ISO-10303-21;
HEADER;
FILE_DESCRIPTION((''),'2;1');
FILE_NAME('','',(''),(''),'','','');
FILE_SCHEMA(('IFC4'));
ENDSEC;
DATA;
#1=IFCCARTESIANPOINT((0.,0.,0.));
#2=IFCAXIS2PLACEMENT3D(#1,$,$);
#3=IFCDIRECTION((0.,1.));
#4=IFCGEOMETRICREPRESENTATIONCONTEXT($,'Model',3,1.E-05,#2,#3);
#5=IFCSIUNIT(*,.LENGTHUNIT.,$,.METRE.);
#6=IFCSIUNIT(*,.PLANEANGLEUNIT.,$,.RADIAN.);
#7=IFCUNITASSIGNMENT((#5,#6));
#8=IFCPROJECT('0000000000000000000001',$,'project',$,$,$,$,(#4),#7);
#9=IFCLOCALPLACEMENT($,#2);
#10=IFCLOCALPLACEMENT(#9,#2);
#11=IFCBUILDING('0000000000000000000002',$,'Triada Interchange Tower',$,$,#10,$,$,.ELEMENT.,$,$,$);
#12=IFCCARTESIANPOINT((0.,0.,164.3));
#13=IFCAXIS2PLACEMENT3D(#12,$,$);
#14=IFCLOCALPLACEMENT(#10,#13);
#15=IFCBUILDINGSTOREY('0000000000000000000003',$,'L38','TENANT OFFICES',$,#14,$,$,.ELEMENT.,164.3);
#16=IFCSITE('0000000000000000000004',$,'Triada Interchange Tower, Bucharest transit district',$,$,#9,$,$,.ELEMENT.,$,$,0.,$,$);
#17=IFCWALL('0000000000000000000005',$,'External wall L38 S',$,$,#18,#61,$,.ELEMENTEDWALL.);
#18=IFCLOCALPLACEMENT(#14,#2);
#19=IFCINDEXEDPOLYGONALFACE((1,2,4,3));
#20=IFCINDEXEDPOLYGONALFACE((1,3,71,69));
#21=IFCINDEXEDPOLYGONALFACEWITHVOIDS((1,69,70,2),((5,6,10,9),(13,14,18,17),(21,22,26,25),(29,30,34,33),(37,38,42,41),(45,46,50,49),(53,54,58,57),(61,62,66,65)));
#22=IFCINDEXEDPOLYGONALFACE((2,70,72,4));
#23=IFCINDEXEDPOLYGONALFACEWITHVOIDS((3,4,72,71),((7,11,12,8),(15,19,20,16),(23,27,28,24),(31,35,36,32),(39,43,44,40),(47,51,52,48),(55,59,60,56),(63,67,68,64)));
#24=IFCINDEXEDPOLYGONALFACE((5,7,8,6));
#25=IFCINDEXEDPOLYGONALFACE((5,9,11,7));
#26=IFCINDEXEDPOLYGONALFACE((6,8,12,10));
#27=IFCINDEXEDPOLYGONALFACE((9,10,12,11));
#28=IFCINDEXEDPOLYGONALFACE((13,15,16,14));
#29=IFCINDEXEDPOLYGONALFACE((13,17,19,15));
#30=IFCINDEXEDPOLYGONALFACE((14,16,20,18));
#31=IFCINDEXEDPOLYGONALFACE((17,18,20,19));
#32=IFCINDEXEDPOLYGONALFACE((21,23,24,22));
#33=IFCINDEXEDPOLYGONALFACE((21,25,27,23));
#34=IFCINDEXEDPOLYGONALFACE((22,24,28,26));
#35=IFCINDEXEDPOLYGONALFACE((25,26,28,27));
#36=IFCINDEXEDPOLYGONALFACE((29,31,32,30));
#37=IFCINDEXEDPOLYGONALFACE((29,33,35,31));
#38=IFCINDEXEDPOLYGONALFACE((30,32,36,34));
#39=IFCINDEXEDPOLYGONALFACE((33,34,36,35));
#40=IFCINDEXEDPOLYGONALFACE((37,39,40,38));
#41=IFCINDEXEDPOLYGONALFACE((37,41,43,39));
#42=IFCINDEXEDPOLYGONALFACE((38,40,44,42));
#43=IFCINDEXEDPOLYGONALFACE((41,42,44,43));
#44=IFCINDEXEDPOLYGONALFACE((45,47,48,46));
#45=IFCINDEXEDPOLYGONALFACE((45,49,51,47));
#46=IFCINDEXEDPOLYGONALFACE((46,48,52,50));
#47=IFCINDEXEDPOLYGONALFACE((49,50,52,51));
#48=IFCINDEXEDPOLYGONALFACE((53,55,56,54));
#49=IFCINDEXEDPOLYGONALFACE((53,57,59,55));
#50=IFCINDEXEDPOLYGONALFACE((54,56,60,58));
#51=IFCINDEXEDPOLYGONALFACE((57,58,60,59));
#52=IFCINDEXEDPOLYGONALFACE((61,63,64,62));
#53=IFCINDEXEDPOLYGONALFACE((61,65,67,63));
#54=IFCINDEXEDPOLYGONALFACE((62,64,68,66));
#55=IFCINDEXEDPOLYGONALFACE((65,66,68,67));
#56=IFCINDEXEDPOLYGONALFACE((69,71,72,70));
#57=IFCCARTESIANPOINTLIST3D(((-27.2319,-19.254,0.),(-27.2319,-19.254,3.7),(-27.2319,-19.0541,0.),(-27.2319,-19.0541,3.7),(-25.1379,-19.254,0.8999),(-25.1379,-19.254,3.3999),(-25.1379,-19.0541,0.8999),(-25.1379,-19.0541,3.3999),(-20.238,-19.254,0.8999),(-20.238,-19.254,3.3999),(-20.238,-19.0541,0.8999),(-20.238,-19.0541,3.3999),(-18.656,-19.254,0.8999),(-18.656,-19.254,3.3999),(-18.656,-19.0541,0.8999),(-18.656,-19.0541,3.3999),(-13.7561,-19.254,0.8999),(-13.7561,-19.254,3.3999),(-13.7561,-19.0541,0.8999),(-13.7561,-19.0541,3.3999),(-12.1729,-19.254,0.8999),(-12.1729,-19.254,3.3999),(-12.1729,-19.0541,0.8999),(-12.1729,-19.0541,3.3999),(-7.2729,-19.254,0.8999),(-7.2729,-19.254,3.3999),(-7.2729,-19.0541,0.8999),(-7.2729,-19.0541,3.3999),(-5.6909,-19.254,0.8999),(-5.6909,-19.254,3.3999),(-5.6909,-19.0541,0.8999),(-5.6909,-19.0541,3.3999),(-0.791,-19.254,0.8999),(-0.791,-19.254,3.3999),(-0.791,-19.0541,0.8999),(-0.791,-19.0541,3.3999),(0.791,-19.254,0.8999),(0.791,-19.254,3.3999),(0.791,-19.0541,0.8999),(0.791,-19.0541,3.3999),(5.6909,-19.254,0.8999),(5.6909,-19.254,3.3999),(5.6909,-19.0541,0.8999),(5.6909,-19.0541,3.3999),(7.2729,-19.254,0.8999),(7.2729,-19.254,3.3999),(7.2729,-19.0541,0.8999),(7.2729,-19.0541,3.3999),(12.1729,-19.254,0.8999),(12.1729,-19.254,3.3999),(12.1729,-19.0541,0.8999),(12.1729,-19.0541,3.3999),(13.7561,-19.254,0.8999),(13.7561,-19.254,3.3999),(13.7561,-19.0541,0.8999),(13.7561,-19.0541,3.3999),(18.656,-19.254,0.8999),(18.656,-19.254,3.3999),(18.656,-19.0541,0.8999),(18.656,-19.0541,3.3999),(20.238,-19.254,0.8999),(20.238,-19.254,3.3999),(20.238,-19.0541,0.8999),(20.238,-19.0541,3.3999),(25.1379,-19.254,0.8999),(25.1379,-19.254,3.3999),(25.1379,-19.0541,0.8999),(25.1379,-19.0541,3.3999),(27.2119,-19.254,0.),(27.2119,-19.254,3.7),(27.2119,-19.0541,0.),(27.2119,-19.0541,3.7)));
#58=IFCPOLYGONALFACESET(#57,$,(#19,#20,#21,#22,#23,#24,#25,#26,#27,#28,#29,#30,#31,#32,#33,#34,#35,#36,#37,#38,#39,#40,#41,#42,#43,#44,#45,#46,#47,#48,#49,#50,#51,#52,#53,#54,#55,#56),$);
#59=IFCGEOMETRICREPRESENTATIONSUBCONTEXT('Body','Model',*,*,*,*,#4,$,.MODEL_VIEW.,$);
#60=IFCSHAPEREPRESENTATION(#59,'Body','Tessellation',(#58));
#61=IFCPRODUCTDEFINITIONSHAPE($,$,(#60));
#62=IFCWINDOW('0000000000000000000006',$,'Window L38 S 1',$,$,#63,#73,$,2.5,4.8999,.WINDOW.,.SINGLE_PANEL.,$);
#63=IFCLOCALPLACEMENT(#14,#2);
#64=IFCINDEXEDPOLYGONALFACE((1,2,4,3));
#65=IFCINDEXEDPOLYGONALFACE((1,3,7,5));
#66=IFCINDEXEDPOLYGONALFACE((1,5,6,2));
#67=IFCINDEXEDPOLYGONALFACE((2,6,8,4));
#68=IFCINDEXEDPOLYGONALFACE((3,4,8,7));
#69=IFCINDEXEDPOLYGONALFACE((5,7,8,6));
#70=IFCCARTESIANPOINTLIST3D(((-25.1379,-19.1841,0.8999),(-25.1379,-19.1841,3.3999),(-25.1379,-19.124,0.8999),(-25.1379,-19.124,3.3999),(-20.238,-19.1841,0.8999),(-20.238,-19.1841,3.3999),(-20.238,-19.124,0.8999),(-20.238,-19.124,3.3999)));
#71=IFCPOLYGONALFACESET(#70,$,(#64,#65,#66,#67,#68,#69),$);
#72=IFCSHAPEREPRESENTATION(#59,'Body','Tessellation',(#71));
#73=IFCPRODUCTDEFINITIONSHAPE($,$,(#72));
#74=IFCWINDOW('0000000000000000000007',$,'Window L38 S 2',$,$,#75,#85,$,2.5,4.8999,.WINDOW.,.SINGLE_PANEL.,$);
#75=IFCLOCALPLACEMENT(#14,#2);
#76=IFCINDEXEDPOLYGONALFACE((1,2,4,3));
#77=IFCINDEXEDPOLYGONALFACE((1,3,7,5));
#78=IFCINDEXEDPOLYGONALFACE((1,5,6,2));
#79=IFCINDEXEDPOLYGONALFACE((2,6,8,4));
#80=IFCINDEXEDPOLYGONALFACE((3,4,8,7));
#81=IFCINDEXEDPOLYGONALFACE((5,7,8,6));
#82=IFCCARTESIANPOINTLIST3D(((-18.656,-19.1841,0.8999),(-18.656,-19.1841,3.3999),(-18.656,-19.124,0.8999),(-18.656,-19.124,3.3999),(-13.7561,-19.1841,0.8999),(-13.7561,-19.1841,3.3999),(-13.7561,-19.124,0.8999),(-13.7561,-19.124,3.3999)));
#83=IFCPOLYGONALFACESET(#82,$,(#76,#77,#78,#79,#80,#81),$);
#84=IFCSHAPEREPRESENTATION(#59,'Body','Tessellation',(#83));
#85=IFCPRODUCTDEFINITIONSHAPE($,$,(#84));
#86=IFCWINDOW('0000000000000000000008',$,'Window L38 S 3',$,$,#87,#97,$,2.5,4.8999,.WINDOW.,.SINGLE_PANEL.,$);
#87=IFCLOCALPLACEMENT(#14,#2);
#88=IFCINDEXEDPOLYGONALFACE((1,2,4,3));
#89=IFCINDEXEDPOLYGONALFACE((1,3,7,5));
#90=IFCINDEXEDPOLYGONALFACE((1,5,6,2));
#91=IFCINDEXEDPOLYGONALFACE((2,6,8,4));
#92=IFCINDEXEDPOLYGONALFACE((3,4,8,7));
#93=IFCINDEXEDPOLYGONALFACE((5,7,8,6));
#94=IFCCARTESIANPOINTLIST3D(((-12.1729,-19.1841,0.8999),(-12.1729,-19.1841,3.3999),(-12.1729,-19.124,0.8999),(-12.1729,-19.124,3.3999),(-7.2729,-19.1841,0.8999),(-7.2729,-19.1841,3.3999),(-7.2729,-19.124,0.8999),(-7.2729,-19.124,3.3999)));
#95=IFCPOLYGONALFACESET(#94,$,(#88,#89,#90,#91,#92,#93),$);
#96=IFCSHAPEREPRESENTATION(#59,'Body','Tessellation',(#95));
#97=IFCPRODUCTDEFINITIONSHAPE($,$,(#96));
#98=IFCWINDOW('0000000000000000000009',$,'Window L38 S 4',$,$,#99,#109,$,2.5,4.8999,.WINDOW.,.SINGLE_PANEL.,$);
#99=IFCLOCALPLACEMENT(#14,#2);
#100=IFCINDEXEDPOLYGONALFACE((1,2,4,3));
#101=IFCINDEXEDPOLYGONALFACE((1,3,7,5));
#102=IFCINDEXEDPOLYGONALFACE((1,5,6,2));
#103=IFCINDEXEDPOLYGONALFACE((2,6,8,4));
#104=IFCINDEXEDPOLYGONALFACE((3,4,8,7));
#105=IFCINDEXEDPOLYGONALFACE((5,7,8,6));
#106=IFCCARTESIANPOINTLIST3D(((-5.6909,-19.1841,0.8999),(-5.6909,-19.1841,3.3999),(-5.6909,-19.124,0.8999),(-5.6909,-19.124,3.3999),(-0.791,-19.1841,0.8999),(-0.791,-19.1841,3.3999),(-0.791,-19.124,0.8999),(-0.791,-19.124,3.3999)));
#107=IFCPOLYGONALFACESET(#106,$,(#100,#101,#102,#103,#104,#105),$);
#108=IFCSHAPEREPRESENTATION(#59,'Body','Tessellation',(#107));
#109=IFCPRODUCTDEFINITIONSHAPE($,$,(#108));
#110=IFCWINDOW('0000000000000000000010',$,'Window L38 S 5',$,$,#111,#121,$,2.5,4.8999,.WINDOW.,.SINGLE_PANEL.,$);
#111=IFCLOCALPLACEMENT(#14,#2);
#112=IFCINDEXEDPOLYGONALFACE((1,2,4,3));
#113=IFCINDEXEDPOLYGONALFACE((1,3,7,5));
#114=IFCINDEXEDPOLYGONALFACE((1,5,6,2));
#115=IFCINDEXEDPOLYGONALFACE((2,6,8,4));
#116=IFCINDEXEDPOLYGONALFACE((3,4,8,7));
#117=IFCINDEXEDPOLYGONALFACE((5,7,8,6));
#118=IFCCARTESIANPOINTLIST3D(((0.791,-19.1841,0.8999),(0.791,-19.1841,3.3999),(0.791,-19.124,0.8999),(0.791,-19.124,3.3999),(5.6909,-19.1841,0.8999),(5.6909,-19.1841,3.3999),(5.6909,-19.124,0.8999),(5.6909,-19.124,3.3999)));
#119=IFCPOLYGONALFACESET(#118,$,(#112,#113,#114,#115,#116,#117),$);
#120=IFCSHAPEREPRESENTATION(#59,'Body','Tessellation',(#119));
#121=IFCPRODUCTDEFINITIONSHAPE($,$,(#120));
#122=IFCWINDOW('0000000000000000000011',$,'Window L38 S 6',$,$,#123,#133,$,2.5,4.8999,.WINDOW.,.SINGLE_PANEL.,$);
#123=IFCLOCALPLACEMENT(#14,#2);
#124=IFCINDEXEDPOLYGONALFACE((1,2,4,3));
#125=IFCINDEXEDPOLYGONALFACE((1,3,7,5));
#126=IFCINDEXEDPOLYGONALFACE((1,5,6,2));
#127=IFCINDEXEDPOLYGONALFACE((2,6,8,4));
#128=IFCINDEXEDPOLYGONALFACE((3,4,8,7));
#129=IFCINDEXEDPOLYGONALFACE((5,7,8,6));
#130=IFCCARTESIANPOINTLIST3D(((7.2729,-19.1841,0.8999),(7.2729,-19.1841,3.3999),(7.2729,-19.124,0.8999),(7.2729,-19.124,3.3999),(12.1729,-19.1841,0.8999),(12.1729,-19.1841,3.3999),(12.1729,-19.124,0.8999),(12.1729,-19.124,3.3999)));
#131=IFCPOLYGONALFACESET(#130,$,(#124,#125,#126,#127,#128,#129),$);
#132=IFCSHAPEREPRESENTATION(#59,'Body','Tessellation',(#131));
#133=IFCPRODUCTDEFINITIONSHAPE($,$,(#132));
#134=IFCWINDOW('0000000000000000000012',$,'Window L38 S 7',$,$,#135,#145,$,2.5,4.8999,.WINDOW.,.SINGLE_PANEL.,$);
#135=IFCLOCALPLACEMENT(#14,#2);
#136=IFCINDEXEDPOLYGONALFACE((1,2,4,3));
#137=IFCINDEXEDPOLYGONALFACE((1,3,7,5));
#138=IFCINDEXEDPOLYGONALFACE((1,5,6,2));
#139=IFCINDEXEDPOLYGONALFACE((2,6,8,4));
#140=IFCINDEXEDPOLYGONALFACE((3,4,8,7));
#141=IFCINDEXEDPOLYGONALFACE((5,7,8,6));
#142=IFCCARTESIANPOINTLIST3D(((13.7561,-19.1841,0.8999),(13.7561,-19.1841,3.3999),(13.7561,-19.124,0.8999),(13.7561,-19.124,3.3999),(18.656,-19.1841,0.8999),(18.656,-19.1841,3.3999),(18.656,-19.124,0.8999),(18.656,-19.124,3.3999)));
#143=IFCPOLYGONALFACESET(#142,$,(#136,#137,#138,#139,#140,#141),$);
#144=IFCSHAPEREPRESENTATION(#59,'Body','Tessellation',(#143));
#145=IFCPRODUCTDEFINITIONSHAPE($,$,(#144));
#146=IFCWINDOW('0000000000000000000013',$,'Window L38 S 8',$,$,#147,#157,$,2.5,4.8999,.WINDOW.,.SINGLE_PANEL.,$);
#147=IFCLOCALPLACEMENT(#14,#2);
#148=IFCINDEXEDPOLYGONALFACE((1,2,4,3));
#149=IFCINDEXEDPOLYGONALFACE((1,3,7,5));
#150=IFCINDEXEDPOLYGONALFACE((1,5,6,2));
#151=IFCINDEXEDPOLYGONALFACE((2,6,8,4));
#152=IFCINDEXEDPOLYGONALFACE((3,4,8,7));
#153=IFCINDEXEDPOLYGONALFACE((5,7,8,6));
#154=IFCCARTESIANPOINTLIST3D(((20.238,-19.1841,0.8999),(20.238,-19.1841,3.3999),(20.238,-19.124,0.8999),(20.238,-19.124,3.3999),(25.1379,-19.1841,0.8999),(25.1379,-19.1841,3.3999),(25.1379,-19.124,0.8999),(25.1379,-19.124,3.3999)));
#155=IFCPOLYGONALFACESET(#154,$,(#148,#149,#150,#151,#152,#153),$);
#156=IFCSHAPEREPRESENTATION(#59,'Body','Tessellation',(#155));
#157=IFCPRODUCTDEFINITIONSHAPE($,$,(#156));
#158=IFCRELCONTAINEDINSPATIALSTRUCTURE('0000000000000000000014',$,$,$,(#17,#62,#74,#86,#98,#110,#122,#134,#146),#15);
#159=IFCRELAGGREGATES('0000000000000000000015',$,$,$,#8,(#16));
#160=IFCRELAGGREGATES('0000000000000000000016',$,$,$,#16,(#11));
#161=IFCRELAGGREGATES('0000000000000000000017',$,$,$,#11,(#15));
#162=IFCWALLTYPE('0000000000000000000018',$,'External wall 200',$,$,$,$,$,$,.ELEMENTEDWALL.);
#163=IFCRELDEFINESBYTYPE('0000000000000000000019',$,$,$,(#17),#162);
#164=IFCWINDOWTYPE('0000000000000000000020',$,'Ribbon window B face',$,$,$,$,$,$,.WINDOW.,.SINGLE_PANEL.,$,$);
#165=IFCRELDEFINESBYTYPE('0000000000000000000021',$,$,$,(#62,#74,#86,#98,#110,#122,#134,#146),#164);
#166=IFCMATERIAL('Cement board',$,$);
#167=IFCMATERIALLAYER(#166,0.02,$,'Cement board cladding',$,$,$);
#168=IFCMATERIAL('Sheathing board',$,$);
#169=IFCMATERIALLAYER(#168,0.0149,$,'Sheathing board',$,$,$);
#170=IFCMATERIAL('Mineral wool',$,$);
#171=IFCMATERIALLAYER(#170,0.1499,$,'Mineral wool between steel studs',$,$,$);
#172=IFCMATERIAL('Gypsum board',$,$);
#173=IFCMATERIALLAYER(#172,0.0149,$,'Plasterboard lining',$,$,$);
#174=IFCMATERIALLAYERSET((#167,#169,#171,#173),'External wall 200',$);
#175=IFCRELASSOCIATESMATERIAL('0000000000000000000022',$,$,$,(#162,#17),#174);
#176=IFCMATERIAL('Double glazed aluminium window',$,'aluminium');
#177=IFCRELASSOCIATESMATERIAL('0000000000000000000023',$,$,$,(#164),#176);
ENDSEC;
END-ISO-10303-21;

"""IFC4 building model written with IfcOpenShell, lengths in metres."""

from ifc_helpers import new_model, si_unit, direction, frame, frame_2d, origin, place, context, subcontext, project, spatial, rectangle, extrude, material, layer, layer_set, layer_usage, type_object, element, fill, save


model = new_model("IFC4")

# Units and contexts
model_context = context("Model", 3, precision=1e-05, world=origin(), true_north=direction((0.0, 1.0)))
body_context = subcontext(model_context, "Body", "Model", "MODEL_VIEW")
ifc_project = project(units=[si_unit("LENGTHUNIT", "METRE"), si_unit("PLANEANGLEUNIT", "RADIAN")], contexts=[model_context])

# Site, building, storey
site_placement = place(None, origin())
site = spatial("IfcSite", under=ifc_project, at=site_placement, Name="Triada Interchange Tower, Bucharest transit district", CompositionType="ELEMENT", RefElevation=0.0)
building_placement = place(site_placement, origin())
building = spatial("IfcBuilding", under=site, at=building_placement, Name="Triada Interchange Tower", CompositionType="ELEMENT")
storey_placement = place(building_placement, frame((0.0, 0.0, 164.3)))
storey = spatial("IfcBuildingStorey", under=building, at=storey_placement, Name="L38", Description="TENANT OFFICES", CompositionType="ELEMENT", Elevation=164.3)

# Shared definitions
ifc_material_1 = material(Name="Cement board")
ifc_layer_1 = layer(ifc_material_1, 0.02, Name="Cement board cladding")
ifc_material_2 = material(Name="Sheathing board")
ifc_layer_2 = layer(ifc_material_2, 0.0149, Name="Sheathing board")
ifc_material_3 = material(Name="Mineral wool")
ifc_layer_3 = layer(ifc_material_3, 0.1499, Name="Mineral wool between steel studs")
ifc_material_4 = material(Name="Gypsum board")
ifc_layer_4 = layer(ifc_material_4, 0.0149, Name="Plasterboard lining")
ifc_layer_set_1 = layer_set([ifc_layer_1, ifc_layer_2, ifc_layer_3, ifc_layer_4], Name="External wall 200")
ifc_layer_usage = layer_usage(ifc_layer_set_1, "AXIS2", "POSITIVE", -0.1001)
wall_type_1 = type_object("IfcWallType", Name="External wall 200", PredefinedType="ELEMENTEDWALL", material=ifc_layer_set_1)
ifc_material_5 = material(Name="Double glazed aluminium window", Category="aluminium")

# Wall, openings, windows
wall_1_placement = place(storey_placement, frame((-27.2319, -19.1541, 0.0), z_axis=(0.0, 0.0, 1.0), x_axis=(1.0, 0.0, 0.0)))
wall_1 = element("IfcWall", 1, at=wall_1_placement, inside=storey, type_object=wall_type_1, material=ifc_layer_usage, Name="External wall L38 S", PredefinedType="ELEMENTEDWALL", context=body_context, shape_type="SweptSolid", body=[
    extrude(rectangle(XDim=54.4438, YDim=0.2, at=frame_2d((27.2219, 0.0))), origin(), (0.0, 0.0, 1.0), 3.7),
])
opening_1_placement = place(wall_1_placement, frame((2.094, 0.0, 0.8999)))
opening_1 = element("IfcOpeningElement", 2, at=opening_1_placement, cuts=wall_1, PredefinedType="OPENING", context=body_context, shape_type="SweptSolid", body=[
    extrude(rectangle(XDim=4.8999, YDim=2.5, at=frame_2d((2.45, 1.25))), frame((0.0, 0.1099, 0.0), z_axis=(0.0, -1.0, 0.0), x_axis=(1.0, 0.0, 0.0)), (0.0, 0.0, 1.0), 0.22),
])
opening_2_placement = place(wall_1_placement, frame((8.5759, 0.0, 0.8999)))
opening_2 = element("IfcOpeningElement", 3, at=opening_2_placement, cuts=wall_1, PredefinedType="OPENING", context=body_context, shape_type="SweptSolid", body=[
    extrude(rectangle(XDim=4.8999, YDim=2.5, at=frame_2d((2.45, 1.25))), frame((0.0, 0.1099, 0.0), z_axis=(0.0, -1.0, 0.0), x_axis=(1.0, 0.0, 0.0)), (0.0, 0.0, 1.0), 0.22),
])
opening_3_placement = place(wall_1_placement, frame((15.0591, 0.0, 0.8999)))
opening_3 = element("IfcOpeningElement", 4, at=opening_3_placement, cuts=wall_1, PredefinedType="OPENING", context=body_context, shape_type="SweptSolid", body=[
    extrude(rectangle(XDim=4.8999, YDim=2.5, at=frame_2d((2.45, 1.25))), frame((0.0, 0.1099, 0.0), z_axis=(0.0, -1.0, 0.0), x_axis=(1.0, 0.0, 0.0)), (0.0, 0.0, 1.0), 0.22),
])
opening_4_placement = place(wall_1_placement, frame((21.541, 0.0, 0.8999)))
opening_4 = element("IfcOpeningElement", 5, at=opening_4_placement, cuts=wall_1, PredefinedType="OPENING", context=body_context, shape_type="SweptSolid", body=[
    extrude(rectangle(XDim=4.8999, YDim=2.5, at=frame_2d((2.45, 1.25))), frame((0.0, 0.1099, 0.0), z_axis=(0.0, -1.0, 0.0), x_axis=(1.0, 0.0, 0.0)), (0.0, 0.0, 1.0), 0.22),
])
opening_5_placement = place(wall_1_placement, frame((28.0229, 0.0, 0.8999)))
opening_5 = element("IfcOpeningElement", 6, at=opening_5_placement, cuts=wall_1, PredefinedType="OPENING", context=body_context, shape_type="SweptSolid", body=[
    extrude(rectangle(XDim=4.8999, YDim=2.5, at=frame_2d((2.45, 1.25))), frame((0.0, 0.1099, 0.0), z_axis=(0.0, -1.0, 0.0), x_axis=(1.0, 0.0, 0.0)), (0.0, 0.0, 1.0), 0.22),
])
opening_6_placement = place(wall_1_placement, frame((34.5049, 0.0, 0.8999)))
opening_6 = element("IfcOpeningElement", 7, at=opening_6_placement, cuts=wall_1, PredefinedType="OPENING", context=body_context, shape_type="SweptSolid", body=[
    extrude(rectangle(XDim=4.8999, YDim=2.5, at=frame_2d((2.45, 1.25))), frame((0.0, 0.1099, 0.0), z_axis=(0.0, -1.0, 0.0), x_axis=(1.0, 0.0, 0.0)), (0.0, 0.0, 1.0), 0.22),
])
opening_7_placement = place(wall_1_placement, frame((40.988, 0.0, 0.8999)))
opening_7 = element("IfcOpeningElement", 8, at=opening_7_placement, cuts=wall_1, PredefinedType="OPENING", context=body_context, shape_type="SweptSolid", body=[
    extrude(rectangle(XDim=4.8999, YDim=2.5, at=frame_2d((2.45, 1.25))), frame((0.0, 0.1099, 0.0), z_axis=(0.0, -1.0, 0.0), x_axis=(1.0, 0.0, 0.0)), (0.0, 0.0, 1.0), 0.22),
])
opening_8_placement = place(wall_1_placement, frame((47.47, 0.0, 0.8999)))
opening_8 = element("IfcOpeningElement", 9, at=opening_8_placement, cuts=wall_1, PredefinedType="OPENING", context=body_context, shape_type="SweptSolid", body=[
    extrude(rectangle(XDim=4.8999, YDim=2.5, at=frame_2d((2.45, 1.25))), frame((0.0, 0.1099, 0.0), z_axis=(0.0, -1.0, 0.0), x_axis=(1.0, 0.0, 0.0)), (0.0, 0.0, 1.0), 0.22),
])
window_type_1 = type_object("IfcWindowType", Name="Ribbon window B face", PartitioningType="SINGLE_PANEL", PredefinedType="WINDOW", material=ifc_material_5)
window_1_placement = place(opening_1_placement, origin())
window_1 = element("IfcWindow", 10, at=window_1_placement, inside=storey, type_object=window_type_1, Name="Window L38 S 1", OverallHeight=2.5, OverallWidth=4.8999, PartitioningType="SINGLE_PANEL", PredefinedType="WINDOW", context=body_context, shape_type="SweptSolid", body=[
    extrude(rectangle(XDim=4.8999, YDim=2.5, at=frame_2d((2.45, 1.25))), frame((0.0, 0.03, 0.0), z_axis=(0.0, -1.0, 0.0), x_axis=(1.0, 0.0, 0.0)), (0.0, 0.0, 1.0), 0.0601),
])
fill(opening_1, window_1)
window_2_placement = place(opening_2_placement, origin())
window_2 = element("IfcWindow", 11, at=window_2_placement, inside=storey, type_object=window_type_1, Name="Window L38 S 2", OverallHeight=2.5, OverallWidth=4.8999, PartitioningType="SINGLE_PANEL", PredefinedType="WINDOW", context=body_context, shape_type="SweptSolid", body=[
    extrude(rectangle(XDim=4.8999, YDim=2.5, at=frame_2d((2.45, 1.25))), frame((0.0, 0.03, 0.0), z_axis=(0.0, -1.0, 0.0), x_axis=(1.0, 0.0, 0.0)), (0.0, 0.0, 1.0), 0.0601),
])
fill(opening_2, window_2)
window_3_placement = place(opening_3_placement, origin())
window_3 = element("IfcWindow", 12, at=window_3_placement, inside=storey, type_object=window_type_1, Name="Window L38 S 3", OverallHeight=2.5, OverallWidth=4.8999, PartitioningType="SINGLE_PANEL", PredefinedType="WINDOW", context=body_context, shape_type="SweptSolid", body=[
    extrude(rectangle(XDim=4.8999, YDim=2.5, at=frame_2d((2.45, 1.25))), frame((0.0, 0.03, 0.0), z_axis=(0.0, -1.0, 0.0), x_axis=(1.0, 0.0, 0.0)), (0.0, 0.0, 1.0), 0.0601),
])
fill(opening_3, window_3)
window_4_placement = place(opening_4_placement, origin())
window_4 = element("IfcWindow", 13, at=window_4_placement, inside=storey, type_object=window_type_1, Name="Window L38 S 4", OverallHeight=2.5, OverallWidth=4.8999, PartitioningType="SINGLE_PANEL", PredefinedType="WINDOW", context=body_context, shape_type="SweptSolid", body=[
    extrude(rectangle(XDim=4.8999, YDim=2.5, at=frame_2d((2.45, 1.25))), frame((0.0, 0.03, 0.0), z_axis=(0.0, -1.0, 0.0), x_axis=(1.0, 0.0, 0.0)), (0.0, 0.0, 1.0), 0.0601),
])
fill(opening_4, window_4)
window_5_placement = place(opening_5_placement, origin())
window_5 = element("IfcWindow", 14, at=window_5_placement, inside=storey, type_object=window_type_1, Name="Window L38 S 5", OverallHeight=2.5, OverallWidth=4.8999, PartitioningType="SINGLE_PANEL", PredefinedType="WINDOW", context=body_context, shape_type="SweptSolid", body=[
    extrude(rectangle(XDim=4.8999, YDim=2.5, at=frame_2d((2.45, 1.25))), frame((0.0, 0.03, 0.0), z_axis=(0.0, -1.0, 0.0), x_axis=(1.0, 0.0, 0.0)), (0.0, 0.0, 1.0), 0.0601),
])
fill(opening_5, window_5)
window_6_placement = place(opening_6_placement, origin())
window_6 = element("IfcWindow", 15, at=window_6_placement, inside=storey, type_object=window_type_1, Name="Window L38 S 6", OverallHeight=2.5, OverallWidth=4.8999, PartitioningType="SINGLE_PANEL", PredefinedType="WINDOW", context=body_context, shape_type="SweptSolid", body=[
    extrude(rectangle(XDim=4.8999, YDim=2.5, at=frame_2d((2.45, 1.25))), frame((0.0, 0.03, 0.0), z_axis=(0.0, -1.0, 0.0), x_axis=(1.0, 0.0, 0.0)), (0.0, 0.0, 1.0), 0.0601),
])
fill(opening_6, window_6)
window_7_placement = place(opening_7_placement, origin())
window_7 = element("IfcWindow", 16, at=window_7_placement, inside=storey, type_object=window_type_1, Name="Window L38 S 7", OverallHeight=2.5, OverallWidth=4.8999, PartitioningType="SINGLE_PANEL", PredefinedType="WINDOW", context=body_context, shape_type="SweptSolid", body=[
    extrude(rectangle(XDim=4.8999, YDim=2.5, at=frame_2d((2.45, 1.25))), frame((0.0, 0.03, 0.0), z_axis=(0.0, -1.0, 0.0), x_axis=(1.0, 0.0, 0.0)), (0.0, 0.0, 1.0), 0.0601),
])
fill(opening_7, window_7)
window_8_placement = place(opening_8_placement, origin())
window_8 = element("IfcWindow", 17, at=window_8_placement, inside=storey, type_object=window_type_1, Name="Window L38 S 8", OverallHeight=2.5, OverallWidth=4.8999, PartitioningType="SINGLE_PANEL", PredefinedType="WINDOW", context=body_context, shape_type="SweptSolid", body=[
    extrude(rectangle(XDim=4.8999, YDim=2.5, at=frame_2d((2.45, 1.25))), frame((0.0, 0.03, 0.0), z_axis=(0.0, -1.0, 0.0), x_axis=(1.0, 0.0, 0.0)), (0.0, 0.0, 1.0), 0.0601),
])
fill(opening_8, window_8)

save(model, "model.ifc")
